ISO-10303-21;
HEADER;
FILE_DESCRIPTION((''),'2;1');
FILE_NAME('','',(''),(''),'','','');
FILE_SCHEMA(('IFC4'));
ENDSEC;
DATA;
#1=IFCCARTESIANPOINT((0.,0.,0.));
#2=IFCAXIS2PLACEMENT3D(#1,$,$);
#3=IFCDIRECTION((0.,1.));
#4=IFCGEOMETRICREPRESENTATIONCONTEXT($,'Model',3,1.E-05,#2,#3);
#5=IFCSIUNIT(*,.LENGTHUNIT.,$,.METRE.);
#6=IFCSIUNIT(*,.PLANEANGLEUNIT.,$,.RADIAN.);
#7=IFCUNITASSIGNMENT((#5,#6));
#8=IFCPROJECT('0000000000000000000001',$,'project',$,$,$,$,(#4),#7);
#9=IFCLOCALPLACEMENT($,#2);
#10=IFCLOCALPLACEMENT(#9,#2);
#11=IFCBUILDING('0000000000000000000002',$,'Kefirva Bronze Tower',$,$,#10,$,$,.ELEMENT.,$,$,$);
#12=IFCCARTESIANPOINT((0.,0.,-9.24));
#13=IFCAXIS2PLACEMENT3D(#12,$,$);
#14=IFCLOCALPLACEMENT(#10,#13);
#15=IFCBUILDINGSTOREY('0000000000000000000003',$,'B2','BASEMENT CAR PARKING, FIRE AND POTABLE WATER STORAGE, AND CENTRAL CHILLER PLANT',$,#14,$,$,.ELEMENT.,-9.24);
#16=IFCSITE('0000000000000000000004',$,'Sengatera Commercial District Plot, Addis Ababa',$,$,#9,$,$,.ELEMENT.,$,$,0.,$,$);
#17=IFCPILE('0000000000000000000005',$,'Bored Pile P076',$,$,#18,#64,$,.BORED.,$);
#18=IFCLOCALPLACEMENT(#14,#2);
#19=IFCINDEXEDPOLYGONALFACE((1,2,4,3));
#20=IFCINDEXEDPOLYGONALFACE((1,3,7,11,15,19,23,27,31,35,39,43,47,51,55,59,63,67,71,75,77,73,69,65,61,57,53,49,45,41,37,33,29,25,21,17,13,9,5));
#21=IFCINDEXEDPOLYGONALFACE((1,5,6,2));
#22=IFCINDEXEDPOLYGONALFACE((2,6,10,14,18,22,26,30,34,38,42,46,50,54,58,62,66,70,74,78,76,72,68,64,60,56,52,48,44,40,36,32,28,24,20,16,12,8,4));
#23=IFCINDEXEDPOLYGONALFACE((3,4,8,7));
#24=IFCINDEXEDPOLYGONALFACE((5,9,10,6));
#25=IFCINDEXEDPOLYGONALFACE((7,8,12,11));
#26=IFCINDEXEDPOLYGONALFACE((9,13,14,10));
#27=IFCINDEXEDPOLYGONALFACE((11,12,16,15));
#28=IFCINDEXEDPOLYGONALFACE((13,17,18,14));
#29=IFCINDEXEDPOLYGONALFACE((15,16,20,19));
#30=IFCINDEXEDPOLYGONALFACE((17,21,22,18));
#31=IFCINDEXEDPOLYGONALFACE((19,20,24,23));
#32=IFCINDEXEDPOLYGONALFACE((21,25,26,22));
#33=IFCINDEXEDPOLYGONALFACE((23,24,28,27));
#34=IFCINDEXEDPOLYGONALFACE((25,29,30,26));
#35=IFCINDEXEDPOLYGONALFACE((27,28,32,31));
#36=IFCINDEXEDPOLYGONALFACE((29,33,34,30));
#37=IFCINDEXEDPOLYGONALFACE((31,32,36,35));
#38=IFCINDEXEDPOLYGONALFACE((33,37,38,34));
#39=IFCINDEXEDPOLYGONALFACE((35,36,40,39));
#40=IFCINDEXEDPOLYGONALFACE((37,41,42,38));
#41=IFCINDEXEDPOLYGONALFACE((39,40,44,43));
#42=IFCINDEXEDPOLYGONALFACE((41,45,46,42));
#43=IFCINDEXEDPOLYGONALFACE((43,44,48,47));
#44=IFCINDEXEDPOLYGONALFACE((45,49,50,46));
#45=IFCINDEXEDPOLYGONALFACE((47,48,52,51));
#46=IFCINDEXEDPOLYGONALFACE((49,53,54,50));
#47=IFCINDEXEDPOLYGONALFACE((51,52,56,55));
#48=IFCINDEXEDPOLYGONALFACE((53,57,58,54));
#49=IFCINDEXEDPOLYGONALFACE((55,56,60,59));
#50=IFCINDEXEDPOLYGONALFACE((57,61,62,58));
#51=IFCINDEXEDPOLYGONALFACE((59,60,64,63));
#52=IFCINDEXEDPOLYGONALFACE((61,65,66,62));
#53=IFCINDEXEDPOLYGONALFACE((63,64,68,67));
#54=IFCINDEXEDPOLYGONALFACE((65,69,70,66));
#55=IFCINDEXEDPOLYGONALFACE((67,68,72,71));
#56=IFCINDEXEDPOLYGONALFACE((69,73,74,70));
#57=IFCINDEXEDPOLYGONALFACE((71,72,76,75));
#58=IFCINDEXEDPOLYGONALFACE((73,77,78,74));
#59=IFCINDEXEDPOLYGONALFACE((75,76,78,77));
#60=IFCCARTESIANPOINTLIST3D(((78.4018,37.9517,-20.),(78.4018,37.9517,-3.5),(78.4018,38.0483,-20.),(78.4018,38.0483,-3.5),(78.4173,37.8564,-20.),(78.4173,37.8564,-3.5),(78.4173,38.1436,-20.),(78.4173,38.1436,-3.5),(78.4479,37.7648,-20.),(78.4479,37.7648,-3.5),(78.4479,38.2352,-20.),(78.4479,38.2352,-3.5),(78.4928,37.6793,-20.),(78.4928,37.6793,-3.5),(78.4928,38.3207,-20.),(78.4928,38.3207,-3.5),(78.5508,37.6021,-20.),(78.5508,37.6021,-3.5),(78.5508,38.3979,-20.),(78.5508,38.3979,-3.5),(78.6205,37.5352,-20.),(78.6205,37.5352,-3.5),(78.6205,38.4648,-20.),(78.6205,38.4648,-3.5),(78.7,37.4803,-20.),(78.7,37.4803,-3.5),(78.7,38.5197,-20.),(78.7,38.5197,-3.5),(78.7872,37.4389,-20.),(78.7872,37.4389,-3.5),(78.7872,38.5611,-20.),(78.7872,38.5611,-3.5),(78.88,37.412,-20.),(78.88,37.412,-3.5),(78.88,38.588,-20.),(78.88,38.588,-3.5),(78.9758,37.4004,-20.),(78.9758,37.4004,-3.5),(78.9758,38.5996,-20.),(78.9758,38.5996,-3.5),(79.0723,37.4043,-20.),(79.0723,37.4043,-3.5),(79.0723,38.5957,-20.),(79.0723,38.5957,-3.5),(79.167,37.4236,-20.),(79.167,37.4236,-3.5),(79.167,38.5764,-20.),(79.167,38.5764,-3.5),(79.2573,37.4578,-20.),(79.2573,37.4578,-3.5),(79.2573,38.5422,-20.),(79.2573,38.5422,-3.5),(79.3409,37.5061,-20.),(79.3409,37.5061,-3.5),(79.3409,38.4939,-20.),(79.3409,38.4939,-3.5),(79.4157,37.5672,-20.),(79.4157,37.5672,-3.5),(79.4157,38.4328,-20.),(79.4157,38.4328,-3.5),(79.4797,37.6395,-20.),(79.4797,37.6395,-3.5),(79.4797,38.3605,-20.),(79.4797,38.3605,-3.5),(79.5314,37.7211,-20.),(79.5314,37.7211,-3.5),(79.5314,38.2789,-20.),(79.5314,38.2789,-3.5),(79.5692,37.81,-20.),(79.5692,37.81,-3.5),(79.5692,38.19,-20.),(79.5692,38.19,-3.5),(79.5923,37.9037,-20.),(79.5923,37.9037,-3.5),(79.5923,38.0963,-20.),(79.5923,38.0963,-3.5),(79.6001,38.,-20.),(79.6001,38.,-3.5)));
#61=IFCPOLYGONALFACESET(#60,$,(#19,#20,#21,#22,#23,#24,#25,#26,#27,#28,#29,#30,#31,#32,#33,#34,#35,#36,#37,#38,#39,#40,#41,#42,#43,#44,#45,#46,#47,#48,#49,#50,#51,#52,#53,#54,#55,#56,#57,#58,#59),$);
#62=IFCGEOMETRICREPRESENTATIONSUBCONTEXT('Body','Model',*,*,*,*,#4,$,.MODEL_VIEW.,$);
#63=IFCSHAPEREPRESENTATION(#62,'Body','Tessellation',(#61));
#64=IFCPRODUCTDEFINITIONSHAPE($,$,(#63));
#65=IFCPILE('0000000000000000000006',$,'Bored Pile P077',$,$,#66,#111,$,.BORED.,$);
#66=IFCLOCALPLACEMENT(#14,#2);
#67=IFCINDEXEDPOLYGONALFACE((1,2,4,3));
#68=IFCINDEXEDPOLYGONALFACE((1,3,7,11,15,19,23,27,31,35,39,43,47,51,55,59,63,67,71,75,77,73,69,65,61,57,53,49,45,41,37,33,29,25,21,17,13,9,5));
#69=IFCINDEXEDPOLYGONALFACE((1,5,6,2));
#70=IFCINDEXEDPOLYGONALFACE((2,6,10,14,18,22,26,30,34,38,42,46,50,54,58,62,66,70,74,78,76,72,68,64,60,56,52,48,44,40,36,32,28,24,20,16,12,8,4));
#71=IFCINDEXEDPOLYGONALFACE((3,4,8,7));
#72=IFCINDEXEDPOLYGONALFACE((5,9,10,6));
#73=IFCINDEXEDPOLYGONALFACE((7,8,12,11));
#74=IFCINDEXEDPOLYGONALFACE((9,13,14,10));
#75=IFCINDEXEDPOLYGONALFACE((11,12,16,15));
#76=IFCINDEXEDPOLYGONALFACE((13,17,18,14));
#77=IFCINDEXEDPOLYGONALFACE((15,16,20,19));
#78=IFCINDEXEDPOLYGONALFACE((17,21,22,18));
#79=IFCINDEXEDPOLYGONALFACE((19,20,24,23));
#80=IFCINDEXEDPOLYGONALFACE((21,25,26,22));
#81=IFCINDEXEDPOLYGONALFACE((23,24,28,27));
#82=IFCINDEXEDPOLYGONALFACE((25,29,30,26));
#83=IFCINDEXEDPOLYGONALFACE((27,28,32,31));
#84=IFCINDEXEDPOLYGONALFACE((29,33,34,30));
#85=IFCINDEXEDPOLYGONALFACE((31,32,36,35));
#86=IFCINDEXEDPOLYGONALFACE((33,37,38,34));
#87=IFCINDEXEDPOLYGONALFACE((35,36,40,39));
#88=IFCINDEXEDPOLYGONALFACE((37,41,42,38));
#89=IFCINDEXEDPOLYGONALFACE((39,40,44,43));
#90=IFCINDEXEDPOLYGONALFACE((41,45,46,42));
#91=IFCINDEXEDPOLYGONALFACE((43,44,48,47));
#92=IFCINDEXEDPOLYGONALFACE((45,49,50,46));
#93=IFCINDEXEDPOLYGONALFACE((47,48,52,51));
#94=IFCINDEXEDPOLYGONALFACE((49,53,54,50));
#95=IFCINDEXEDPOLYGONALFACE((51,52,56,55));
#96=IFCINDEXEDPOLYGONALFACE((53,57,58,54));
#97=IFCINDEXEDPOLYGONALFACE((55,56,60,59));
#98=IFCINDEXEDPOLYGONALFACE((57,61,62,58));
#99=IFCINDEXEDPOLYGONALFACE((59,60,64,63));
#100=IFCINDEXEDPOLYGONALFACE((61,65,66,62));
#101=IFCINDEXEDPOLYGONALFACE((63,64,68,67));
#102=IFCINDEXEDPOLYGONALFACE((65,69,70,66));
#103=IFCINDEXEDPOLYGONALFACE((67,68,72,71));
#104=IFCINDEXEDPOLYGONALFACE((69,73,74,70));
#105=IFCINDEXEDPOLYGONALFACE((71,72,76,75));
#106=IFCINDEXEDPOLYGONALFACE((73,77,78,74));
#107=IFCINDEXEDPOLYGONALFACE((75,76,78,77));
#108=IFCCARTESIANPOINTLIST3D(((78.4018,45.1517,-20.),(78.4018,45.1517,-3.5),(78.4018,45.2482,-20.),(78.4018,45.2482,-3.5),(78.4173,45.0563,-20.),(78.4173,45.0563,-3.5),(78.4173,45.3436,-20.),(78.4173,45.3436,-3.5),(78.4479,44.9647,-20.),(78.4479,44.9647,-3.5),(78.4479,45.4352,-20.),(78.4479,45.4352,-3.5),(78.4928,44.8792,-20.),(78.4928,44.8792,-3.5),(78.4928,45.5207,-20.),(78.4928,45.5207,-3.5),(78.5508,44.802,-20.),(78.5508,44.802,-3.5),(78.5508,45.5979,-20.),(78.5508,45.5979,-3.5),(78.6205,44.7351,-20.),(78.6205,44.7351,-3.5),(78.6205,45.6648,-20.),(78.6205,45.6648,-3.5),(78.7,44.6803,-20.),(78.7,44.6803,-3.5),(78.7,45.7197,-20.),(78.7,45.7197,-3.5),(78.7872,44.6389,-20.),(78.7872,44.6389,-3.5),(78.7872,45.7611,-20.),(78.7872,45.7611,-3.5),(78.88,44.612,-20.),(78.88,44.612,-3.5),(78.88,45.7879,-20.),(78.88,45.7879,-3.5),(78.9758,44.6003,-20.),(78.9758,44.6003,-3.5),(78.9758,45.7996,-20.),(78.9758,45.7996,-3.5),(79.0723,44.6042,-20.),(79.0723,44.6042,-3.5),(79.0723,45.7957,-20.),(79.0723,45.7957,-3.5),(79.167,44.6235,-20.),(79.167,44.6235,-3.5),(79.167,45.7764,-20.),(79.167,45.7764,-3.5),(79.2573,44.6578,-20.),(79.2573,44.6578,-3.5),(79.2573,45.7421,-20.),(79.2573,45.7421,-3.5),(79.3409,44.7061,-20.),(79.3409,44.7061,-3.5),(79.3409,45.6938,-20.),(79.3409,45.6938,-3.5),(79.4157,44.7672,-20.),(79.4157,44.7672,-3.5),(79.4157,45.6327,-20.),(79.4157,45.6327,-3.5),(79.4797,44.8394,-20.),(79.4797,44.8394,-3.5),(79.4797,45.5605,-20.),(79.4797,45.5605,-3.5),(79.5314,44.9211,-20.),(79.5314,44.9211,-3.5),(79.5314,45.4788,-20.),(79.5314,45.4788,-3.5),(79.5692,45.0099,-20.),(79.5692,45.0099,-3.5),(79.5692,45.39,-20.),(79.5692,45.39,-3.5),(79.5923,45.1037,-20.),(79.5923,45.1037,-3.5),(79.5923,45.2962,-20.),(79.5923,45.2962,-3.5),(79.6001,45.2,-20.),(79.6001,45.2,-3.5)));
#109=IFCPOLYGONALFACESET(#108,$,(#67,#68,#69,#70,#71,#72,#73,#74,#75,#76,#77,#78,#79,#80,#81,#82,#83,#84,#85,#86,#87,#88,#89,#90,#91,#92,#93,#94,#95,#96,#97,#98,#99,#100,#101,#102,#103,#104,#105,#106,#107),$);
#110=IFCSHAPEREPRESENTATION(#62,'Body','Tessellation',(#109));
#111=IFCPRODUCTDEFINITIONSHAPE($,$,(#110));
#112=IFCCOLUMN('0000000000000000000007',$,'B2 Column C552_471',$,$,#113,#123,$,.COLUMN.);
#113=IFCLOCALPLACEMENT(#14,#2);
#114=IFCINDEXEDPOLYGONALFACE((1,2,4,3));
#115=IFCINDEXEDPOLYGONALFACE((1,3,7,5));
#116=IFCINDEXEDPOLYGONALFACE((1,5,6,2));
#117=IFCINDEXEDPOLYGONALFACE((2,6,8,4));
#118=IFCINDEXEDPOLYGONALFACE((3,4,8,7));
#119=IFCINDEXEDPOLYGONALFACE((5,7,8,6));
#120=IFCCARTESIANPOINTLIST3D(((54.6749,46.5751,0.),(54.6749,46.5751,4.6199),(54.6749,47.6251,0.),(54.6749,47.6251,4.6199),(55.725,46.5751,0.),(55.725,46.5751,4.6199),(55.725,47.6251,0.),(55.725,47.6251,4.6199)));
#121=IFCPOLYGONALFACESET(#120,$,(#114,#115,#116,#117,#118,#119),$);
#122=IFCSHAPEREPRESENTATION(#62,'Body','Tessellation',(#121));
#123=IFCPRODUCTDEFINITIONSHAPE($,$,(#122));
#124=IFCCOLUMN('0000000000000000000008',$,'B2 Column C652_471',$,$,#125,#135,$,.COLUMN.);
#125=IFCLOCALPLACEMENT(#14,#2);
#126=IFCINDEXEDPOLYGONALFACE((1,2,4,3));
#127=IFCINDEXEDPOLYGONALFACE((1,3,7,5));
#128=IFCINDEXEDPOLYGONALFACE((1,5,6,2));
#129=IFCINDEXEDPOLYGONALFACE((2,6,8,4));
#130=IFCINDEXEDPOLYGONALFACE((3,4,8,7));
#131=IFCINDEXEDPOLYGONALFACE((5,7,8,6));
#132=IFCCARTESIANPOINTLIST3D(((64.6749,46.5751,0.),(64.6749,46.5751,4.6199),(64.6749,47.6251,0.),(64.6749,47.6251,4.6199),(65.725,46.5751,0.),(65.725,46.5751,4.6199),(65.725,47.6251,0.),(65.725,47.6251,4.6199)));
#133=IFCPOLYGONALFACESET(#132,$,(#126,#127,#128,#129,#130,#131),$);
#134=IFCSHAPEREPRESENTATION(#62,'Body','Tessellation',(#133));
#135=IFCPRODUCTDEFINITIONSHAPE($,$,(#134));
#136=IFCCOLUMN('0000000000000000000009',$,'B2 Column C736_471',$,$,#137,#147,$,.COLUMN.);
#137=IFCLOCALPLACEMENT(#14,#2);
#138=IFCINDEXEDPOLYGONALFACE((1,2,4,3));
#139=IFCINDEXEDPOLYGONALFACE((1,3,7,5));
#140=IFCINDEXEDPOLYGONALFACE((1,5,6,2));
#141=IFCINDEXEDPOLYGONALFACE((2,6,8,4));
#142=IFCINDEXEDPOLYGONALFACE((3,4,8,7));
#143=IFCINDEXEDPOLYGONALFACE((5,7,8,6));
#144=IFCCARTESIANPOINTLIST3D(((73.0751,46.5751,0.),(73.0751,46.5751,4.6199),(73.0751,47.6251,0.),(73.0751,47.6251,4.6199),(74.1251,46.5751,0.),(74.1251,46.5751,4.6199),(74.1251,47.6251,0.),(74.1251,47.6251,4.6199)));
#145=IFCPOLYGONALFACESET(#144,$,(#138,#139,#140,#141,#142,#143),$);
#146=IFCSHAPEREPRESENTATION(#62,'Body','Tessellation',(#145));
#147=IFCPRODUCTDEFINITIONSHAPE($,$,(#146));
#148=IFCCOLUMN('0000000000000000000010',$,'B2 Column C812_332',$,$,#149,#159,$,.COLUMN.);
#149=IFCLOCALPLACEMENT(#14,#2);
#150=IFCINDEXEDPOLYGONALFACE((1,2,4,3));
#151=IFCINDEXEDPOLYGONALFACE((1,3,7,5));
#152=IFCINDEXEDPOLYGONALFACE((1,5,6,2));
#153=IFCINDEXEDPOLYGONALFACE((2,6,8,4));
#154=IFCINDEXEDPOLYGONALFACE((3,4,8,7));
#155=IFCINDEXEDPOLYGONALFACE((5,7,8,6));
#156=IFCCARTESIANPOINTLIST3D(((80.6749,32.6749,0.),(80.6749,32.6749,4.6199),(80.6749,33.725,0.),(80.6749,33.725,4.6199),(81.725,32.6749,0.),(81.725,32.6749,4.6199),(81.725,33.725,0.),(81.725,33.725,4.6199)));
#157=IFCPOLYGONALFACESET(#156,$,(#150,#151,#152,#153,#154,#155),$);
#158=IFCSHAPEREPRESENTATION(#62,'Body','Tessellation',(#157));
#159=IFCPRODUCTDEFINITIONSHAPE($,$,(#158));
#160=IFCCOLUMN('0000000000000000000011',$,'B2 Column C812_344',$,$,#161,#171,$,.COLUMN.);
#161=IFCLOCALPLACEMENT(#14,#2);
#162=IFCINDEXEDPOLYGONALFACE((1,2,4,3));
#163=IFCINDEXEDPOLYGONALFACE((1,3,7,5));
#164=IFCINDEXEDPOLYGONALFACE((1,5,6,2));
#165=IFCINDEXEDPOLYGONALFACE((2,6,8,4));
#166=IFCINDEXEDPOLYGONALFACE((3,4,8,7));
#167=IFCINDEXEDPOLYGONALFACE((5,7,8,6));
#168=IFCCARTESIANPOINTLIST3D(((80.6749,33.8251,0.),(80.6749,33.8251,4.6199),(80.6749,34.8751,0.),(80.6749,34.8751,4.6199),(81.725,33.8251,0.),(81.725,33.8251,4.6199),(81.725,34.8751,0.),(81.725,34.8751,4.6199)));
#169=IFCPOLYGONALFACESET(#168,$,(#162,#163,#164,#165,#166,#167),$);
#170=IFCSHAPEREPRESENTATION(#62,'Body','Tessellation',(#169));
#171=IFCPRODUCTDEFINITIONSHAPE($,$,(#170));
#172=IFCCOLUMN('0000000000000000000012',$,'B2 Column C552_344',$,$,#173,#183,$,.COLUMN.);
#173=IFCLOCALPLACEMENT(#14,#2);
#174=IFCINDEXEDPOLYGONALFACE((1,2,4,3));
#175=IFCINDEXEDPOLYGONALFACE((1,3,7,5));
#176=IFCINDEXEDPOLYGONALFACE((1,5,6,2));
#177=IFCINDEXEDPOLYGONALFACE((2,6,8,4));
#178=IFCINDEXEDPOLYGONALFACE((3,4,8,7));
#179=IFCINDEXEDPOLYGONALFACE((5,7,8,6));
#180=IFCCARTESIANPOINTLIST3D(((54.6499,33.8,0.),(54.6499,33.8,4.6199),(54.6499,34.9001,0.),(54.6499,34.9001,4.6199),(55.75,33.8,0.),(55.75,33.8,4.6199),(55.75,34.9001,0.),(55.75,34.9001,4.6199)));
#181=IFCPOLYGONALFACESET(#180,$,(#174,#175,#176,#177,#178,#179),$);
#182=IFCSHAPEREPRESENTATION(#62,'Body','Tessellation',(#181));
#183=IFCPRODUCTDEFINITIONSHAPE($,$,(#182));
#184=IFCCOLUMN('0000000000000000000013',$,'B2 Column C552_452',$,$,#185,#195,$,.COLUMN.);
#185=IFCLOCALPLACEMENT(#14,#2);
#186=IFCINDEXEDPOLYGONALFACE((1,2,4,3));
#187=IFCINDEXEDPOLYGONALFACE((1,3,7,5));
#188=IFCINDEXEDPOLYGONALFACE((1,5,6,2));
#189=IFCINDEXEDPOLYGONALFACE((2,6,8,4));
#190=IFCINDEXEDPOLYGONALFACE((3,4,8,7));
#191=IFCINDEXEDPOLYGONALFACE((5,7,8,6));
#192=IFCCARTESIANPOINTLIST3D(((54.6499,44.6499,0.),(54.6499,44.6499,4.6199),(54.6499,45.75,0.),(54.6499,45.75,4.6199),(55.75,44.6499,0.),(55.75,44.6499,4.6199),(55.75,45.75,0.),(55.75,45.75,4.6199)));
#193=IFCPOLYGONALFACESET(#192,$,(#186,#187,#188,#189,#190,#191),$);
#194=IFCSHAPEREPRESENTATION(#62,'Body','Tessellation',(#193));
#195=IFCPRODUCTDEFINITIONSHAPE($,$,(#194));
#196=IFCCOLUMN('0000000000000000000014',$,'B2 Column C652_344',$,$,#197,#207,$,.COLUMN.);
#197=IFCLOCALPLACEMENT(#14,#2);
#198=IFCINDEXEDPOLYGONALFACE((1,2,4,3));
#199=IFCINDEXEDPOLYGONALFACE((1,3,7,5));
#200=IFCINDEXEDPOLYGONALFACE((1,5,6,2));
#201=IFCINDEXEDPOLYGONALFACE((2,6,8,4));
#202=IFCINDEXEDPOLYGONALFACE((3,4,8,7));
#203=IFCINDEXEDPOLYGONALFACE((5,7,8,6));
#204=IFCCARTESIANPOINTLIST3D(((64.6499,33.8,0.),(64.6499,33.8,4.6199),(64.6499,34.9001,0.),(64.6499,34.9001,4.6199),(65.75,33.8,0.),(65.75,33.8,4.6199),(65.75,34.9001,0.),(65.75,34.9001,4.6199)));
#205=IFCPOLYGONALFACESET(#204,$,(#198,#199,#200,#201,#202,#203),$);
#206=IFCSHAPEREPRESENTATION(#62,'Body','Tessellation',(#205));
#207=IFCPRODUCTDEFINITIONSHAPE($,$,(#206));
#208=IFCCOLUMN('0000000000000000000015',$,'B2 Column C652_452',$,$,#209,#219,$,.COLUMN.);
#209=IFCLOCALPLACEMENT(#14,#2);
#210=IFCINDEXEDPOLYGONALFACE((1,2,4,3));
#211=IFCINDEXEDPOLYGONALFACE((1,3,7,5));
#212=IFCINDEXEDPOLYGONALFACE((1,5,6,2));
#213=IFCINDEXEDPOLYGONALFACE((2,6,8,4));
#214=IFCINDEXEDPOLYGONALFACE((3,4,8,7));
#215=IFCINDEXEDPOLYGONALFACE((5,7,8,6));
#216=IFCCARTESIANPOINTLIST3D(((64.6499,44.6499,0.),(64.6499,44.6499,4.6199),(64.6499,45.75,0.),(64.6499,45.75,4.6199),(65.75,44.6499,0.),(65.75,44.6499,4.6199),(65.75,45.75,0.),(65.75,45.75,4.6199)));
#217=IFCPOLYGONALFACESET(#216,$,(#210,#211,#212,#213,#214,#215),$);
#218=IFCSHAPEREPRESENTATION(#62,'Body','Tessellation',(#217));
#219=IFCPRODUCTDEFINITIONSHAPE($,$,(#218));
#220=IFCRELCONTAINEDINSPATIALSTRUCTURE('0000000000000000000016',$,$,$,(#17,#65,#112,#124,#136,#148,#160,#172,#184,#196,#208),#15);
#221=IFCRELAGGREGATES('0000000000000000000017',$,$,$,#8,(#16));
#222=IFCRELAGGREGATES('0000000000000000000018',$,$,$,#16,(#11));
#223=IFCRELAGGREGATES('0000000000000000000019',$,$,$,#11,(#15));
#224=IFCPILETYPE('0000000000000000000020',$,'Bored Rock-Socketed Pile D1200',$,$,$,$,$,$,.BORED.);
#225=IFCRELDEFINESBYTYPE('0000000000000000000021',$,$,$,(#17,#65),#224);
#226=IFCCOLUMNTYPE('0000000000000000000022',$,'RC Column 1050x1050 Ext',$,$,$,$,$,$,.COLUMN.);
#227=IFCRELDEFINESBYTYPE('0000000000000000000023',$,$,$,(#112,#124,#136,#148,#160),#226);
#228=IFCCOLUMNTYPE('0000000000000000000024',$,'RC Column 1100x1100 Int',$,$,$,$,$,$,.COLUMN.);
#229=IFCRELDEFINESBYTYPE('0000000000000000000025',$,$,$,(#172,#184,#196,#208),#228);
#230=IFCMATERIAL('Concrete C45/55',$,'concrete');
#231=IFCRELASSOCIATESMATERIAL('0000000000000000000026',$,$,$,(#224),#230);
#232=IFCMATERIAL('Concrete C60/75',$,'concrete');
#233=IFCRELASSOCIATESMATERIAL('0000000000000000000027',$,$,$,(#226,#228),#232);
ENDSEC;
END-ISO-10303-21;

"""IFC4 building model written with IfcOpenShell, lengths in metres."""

from ifc_helpers import new_model, si_unit, direction, frame, origin, origin_2d, place, context, subcontext, project, spatial, rectangle, circle, extrude, material, material_profile, profile_set, type_object, element, save


model = new_model("IFC4")

# Units and contexts
model_context = context("Model", 3, precision=1e-05, world=origin(), true_north=direction((0.0, 1.0)))
body_context = subcontext(model_context, "Body", "Model", "MODEL_VIEW")
ifc_project = project(units=[si_unit("LENGTHUNIT", "METRE"), si_unit("PLANEANGLEUNIT", "RADIAN")], contexts=[model_context])

# Site, building, storey
site_placement = place(None, origin())
site = spatial("IfcSite", under=ifc_project, at=site_placement, Name="Sengatera Commercial District Plot, Addis Ababa", CompositionType="ELEMENT", RefElevation=0.0)
building_placement = place(site_placement, origin())
building = spatial("IfcBuilding", under=site, at=building_placement, Name="Kefirva Bronze Tower", CompositionType="ELEMENT")
storey_placement = place(building_placement, frame((0.0, 0.0, -9.24)))
storey = spatial("IfcBuildingStorey", under=building, at=storey_placement, Name="B2", Description="BASEMENT CAR PARKING, FIRE AND POTABLE WATER STORAGE, AND CENTRAL CHILLER PLANT", CompositionType="ELEMENT", Elevation=-9.24)

# Piles
ifc_material_1 = material(Name="Concrete C45/55", Category="concrete")
ifc_material_profile_1 = material_profile(ifc_material_1, circle(Radius=0.6001, at=origin_2d()), Name="BORED PILE D1200")
ifc_profile_set_1 = profile_set([ifc_material_profile_1], Name="Concrete C45/55")
pile_type = type_object("IfcPileType", Name="Bored Rock-Socketed Pile D1200", PredefinedType="BORED", material=ifc_profile_set_1)
for number, where, z_axis, x_axis, name in (
    (1, (79.0, 38.0, -3.5), (0.0, 0.0, -1.0), (1.0, 0.0, 0.0), "Bored Pile P076"),
    (2, (79.0, 45.2, -3.5), (0.0, 0.0, -1.0), (1.0, 0.0, 0.0), "Bored Pile P077"),
):
    element("IfcPile", number, at=place(storey_placement, frame(where, z_axis=z_axis, x_axis=x_axis)), inside=storey, type_object=pile_type, Name=name, PredefinedType="BORED", context=body_context, shape_type="SweptSolid", body=[
        extrude(circle(Radius=0.6001, at=origin_2d()), origin(), (0.0, 0.0, 1.0), 16.5),
    ])

# Columns
ifc_material_2 = material(Name="Concrete C60/75", Category="concrete")
ifc_material_profile_2 = material_profile(ifc_material_2, rectangle(XDim=1.05, YDim=1.05, at=origin_2d()), Name="RC 1050x1050")
ifc_profile_set_2 = profile_set([ifc_material_profile_2], Name="Concrete C60/75")
column_type_1 = type_object("IfcColumnType", Name="RC Column 1050x1050 Ext", PredefinedType="COLUMN", material=ifc_profile_set_2)
for number, where, z_axis, x_axis, name in (
    (3, (55.2, 47.1001, 0.0), (0.0, 0.0, 1.0), (1.0, 0.0, 0.0), "B2 Column C552_471"),
    (4, (65.2, 47.1001, 0.0), (0.0, 0.0, 1.0), (1.0, 0.0, 0.0), "B2 Column C652_471"),
    (5, (73.6001, 47.1001, 0.0), (0.0, 0.0, 1.0), (1.0, 0.0, 0.0), "B2 Column C736_471"),
    (6, (81.2, 33.2, 0.0), (0.0, 0.0, 1.0), (1.0, 0.0, 0.0), "B2 Column C812_332"),
    (7, (81.2, 34.3501, 0.0), (0.0, 0.0, 1.0), (1.0, 0.0, 0.0), "B2 Column C812_344"),
):
    element("IfcColumn", number, at=place(storey_placement, frame(where, z_axis=z_axis, x_axis=x_axis)), inside=storey, type_object=column_type_1, Name=name, PredefinedType="COLUMN", context=body_context, shape_type="SweptSolid", body=[
        extrude(rectangle(XDim=1.05, YDim=1.05, at=origin_2d()), origin(), (0.0, 0.0, 1.0), 4.6199),
    ])
ifc_material_profile_3 = material_profile(ifc_material_2, rectangle(XDim=1.1001, YDim=1.1001, at=origin_2d()), Name="RC 1100x1100")
ifc_profile_set_3 = profile_set([ifc_material_profile_3], Name="Concrete C60/75")
column_type_2 = type_object("IfcColumnType", Name="RC Column 1100x1100 Int", PredefinedType="COLUMN", material=ifc_profile_set_3)
for number, where, z_axis, x_axis, name in (
    (8, (55.2, 34.3501, 0.0), (0.0, 0.0, 1.0), (1.0, 0.0, 0.0), "B2 Column C552_344"),
    (9, (55.2, 45.2, 0.0), (0.0, 0.0, 1.0), (1.0, 0.0, 0.0), "B2 Column C552_452"),
    (10, (65.2, 34.3501, 0.0), (0.0, 0.0, 1.0), (1.0, 0.0, 0.0), "B2 Column C652_344"),
    (11, (65.2, 45.2, 0.0), (0.0, 0.0, 1.0), (1.0, 0.0, 0.0), "B2 Column C652_452"),
):
    element("IfcColumn", number, at=place(storey_placement, frame(where, z_axis=z_axis, x_axis=x_axis)), inside=storey, type_object=column_type_2, Name=name, PredefinedType="COLUMN", context=body_context, shape_type="SweptSolid", body=[
        extrude(rectangle(XDim=1.1001, YDim=1.1001, at=origin_2d()), origin(), (0.0, 0.0, 1.0), 4.6199),
    ])

save(model, "model.ifc")
